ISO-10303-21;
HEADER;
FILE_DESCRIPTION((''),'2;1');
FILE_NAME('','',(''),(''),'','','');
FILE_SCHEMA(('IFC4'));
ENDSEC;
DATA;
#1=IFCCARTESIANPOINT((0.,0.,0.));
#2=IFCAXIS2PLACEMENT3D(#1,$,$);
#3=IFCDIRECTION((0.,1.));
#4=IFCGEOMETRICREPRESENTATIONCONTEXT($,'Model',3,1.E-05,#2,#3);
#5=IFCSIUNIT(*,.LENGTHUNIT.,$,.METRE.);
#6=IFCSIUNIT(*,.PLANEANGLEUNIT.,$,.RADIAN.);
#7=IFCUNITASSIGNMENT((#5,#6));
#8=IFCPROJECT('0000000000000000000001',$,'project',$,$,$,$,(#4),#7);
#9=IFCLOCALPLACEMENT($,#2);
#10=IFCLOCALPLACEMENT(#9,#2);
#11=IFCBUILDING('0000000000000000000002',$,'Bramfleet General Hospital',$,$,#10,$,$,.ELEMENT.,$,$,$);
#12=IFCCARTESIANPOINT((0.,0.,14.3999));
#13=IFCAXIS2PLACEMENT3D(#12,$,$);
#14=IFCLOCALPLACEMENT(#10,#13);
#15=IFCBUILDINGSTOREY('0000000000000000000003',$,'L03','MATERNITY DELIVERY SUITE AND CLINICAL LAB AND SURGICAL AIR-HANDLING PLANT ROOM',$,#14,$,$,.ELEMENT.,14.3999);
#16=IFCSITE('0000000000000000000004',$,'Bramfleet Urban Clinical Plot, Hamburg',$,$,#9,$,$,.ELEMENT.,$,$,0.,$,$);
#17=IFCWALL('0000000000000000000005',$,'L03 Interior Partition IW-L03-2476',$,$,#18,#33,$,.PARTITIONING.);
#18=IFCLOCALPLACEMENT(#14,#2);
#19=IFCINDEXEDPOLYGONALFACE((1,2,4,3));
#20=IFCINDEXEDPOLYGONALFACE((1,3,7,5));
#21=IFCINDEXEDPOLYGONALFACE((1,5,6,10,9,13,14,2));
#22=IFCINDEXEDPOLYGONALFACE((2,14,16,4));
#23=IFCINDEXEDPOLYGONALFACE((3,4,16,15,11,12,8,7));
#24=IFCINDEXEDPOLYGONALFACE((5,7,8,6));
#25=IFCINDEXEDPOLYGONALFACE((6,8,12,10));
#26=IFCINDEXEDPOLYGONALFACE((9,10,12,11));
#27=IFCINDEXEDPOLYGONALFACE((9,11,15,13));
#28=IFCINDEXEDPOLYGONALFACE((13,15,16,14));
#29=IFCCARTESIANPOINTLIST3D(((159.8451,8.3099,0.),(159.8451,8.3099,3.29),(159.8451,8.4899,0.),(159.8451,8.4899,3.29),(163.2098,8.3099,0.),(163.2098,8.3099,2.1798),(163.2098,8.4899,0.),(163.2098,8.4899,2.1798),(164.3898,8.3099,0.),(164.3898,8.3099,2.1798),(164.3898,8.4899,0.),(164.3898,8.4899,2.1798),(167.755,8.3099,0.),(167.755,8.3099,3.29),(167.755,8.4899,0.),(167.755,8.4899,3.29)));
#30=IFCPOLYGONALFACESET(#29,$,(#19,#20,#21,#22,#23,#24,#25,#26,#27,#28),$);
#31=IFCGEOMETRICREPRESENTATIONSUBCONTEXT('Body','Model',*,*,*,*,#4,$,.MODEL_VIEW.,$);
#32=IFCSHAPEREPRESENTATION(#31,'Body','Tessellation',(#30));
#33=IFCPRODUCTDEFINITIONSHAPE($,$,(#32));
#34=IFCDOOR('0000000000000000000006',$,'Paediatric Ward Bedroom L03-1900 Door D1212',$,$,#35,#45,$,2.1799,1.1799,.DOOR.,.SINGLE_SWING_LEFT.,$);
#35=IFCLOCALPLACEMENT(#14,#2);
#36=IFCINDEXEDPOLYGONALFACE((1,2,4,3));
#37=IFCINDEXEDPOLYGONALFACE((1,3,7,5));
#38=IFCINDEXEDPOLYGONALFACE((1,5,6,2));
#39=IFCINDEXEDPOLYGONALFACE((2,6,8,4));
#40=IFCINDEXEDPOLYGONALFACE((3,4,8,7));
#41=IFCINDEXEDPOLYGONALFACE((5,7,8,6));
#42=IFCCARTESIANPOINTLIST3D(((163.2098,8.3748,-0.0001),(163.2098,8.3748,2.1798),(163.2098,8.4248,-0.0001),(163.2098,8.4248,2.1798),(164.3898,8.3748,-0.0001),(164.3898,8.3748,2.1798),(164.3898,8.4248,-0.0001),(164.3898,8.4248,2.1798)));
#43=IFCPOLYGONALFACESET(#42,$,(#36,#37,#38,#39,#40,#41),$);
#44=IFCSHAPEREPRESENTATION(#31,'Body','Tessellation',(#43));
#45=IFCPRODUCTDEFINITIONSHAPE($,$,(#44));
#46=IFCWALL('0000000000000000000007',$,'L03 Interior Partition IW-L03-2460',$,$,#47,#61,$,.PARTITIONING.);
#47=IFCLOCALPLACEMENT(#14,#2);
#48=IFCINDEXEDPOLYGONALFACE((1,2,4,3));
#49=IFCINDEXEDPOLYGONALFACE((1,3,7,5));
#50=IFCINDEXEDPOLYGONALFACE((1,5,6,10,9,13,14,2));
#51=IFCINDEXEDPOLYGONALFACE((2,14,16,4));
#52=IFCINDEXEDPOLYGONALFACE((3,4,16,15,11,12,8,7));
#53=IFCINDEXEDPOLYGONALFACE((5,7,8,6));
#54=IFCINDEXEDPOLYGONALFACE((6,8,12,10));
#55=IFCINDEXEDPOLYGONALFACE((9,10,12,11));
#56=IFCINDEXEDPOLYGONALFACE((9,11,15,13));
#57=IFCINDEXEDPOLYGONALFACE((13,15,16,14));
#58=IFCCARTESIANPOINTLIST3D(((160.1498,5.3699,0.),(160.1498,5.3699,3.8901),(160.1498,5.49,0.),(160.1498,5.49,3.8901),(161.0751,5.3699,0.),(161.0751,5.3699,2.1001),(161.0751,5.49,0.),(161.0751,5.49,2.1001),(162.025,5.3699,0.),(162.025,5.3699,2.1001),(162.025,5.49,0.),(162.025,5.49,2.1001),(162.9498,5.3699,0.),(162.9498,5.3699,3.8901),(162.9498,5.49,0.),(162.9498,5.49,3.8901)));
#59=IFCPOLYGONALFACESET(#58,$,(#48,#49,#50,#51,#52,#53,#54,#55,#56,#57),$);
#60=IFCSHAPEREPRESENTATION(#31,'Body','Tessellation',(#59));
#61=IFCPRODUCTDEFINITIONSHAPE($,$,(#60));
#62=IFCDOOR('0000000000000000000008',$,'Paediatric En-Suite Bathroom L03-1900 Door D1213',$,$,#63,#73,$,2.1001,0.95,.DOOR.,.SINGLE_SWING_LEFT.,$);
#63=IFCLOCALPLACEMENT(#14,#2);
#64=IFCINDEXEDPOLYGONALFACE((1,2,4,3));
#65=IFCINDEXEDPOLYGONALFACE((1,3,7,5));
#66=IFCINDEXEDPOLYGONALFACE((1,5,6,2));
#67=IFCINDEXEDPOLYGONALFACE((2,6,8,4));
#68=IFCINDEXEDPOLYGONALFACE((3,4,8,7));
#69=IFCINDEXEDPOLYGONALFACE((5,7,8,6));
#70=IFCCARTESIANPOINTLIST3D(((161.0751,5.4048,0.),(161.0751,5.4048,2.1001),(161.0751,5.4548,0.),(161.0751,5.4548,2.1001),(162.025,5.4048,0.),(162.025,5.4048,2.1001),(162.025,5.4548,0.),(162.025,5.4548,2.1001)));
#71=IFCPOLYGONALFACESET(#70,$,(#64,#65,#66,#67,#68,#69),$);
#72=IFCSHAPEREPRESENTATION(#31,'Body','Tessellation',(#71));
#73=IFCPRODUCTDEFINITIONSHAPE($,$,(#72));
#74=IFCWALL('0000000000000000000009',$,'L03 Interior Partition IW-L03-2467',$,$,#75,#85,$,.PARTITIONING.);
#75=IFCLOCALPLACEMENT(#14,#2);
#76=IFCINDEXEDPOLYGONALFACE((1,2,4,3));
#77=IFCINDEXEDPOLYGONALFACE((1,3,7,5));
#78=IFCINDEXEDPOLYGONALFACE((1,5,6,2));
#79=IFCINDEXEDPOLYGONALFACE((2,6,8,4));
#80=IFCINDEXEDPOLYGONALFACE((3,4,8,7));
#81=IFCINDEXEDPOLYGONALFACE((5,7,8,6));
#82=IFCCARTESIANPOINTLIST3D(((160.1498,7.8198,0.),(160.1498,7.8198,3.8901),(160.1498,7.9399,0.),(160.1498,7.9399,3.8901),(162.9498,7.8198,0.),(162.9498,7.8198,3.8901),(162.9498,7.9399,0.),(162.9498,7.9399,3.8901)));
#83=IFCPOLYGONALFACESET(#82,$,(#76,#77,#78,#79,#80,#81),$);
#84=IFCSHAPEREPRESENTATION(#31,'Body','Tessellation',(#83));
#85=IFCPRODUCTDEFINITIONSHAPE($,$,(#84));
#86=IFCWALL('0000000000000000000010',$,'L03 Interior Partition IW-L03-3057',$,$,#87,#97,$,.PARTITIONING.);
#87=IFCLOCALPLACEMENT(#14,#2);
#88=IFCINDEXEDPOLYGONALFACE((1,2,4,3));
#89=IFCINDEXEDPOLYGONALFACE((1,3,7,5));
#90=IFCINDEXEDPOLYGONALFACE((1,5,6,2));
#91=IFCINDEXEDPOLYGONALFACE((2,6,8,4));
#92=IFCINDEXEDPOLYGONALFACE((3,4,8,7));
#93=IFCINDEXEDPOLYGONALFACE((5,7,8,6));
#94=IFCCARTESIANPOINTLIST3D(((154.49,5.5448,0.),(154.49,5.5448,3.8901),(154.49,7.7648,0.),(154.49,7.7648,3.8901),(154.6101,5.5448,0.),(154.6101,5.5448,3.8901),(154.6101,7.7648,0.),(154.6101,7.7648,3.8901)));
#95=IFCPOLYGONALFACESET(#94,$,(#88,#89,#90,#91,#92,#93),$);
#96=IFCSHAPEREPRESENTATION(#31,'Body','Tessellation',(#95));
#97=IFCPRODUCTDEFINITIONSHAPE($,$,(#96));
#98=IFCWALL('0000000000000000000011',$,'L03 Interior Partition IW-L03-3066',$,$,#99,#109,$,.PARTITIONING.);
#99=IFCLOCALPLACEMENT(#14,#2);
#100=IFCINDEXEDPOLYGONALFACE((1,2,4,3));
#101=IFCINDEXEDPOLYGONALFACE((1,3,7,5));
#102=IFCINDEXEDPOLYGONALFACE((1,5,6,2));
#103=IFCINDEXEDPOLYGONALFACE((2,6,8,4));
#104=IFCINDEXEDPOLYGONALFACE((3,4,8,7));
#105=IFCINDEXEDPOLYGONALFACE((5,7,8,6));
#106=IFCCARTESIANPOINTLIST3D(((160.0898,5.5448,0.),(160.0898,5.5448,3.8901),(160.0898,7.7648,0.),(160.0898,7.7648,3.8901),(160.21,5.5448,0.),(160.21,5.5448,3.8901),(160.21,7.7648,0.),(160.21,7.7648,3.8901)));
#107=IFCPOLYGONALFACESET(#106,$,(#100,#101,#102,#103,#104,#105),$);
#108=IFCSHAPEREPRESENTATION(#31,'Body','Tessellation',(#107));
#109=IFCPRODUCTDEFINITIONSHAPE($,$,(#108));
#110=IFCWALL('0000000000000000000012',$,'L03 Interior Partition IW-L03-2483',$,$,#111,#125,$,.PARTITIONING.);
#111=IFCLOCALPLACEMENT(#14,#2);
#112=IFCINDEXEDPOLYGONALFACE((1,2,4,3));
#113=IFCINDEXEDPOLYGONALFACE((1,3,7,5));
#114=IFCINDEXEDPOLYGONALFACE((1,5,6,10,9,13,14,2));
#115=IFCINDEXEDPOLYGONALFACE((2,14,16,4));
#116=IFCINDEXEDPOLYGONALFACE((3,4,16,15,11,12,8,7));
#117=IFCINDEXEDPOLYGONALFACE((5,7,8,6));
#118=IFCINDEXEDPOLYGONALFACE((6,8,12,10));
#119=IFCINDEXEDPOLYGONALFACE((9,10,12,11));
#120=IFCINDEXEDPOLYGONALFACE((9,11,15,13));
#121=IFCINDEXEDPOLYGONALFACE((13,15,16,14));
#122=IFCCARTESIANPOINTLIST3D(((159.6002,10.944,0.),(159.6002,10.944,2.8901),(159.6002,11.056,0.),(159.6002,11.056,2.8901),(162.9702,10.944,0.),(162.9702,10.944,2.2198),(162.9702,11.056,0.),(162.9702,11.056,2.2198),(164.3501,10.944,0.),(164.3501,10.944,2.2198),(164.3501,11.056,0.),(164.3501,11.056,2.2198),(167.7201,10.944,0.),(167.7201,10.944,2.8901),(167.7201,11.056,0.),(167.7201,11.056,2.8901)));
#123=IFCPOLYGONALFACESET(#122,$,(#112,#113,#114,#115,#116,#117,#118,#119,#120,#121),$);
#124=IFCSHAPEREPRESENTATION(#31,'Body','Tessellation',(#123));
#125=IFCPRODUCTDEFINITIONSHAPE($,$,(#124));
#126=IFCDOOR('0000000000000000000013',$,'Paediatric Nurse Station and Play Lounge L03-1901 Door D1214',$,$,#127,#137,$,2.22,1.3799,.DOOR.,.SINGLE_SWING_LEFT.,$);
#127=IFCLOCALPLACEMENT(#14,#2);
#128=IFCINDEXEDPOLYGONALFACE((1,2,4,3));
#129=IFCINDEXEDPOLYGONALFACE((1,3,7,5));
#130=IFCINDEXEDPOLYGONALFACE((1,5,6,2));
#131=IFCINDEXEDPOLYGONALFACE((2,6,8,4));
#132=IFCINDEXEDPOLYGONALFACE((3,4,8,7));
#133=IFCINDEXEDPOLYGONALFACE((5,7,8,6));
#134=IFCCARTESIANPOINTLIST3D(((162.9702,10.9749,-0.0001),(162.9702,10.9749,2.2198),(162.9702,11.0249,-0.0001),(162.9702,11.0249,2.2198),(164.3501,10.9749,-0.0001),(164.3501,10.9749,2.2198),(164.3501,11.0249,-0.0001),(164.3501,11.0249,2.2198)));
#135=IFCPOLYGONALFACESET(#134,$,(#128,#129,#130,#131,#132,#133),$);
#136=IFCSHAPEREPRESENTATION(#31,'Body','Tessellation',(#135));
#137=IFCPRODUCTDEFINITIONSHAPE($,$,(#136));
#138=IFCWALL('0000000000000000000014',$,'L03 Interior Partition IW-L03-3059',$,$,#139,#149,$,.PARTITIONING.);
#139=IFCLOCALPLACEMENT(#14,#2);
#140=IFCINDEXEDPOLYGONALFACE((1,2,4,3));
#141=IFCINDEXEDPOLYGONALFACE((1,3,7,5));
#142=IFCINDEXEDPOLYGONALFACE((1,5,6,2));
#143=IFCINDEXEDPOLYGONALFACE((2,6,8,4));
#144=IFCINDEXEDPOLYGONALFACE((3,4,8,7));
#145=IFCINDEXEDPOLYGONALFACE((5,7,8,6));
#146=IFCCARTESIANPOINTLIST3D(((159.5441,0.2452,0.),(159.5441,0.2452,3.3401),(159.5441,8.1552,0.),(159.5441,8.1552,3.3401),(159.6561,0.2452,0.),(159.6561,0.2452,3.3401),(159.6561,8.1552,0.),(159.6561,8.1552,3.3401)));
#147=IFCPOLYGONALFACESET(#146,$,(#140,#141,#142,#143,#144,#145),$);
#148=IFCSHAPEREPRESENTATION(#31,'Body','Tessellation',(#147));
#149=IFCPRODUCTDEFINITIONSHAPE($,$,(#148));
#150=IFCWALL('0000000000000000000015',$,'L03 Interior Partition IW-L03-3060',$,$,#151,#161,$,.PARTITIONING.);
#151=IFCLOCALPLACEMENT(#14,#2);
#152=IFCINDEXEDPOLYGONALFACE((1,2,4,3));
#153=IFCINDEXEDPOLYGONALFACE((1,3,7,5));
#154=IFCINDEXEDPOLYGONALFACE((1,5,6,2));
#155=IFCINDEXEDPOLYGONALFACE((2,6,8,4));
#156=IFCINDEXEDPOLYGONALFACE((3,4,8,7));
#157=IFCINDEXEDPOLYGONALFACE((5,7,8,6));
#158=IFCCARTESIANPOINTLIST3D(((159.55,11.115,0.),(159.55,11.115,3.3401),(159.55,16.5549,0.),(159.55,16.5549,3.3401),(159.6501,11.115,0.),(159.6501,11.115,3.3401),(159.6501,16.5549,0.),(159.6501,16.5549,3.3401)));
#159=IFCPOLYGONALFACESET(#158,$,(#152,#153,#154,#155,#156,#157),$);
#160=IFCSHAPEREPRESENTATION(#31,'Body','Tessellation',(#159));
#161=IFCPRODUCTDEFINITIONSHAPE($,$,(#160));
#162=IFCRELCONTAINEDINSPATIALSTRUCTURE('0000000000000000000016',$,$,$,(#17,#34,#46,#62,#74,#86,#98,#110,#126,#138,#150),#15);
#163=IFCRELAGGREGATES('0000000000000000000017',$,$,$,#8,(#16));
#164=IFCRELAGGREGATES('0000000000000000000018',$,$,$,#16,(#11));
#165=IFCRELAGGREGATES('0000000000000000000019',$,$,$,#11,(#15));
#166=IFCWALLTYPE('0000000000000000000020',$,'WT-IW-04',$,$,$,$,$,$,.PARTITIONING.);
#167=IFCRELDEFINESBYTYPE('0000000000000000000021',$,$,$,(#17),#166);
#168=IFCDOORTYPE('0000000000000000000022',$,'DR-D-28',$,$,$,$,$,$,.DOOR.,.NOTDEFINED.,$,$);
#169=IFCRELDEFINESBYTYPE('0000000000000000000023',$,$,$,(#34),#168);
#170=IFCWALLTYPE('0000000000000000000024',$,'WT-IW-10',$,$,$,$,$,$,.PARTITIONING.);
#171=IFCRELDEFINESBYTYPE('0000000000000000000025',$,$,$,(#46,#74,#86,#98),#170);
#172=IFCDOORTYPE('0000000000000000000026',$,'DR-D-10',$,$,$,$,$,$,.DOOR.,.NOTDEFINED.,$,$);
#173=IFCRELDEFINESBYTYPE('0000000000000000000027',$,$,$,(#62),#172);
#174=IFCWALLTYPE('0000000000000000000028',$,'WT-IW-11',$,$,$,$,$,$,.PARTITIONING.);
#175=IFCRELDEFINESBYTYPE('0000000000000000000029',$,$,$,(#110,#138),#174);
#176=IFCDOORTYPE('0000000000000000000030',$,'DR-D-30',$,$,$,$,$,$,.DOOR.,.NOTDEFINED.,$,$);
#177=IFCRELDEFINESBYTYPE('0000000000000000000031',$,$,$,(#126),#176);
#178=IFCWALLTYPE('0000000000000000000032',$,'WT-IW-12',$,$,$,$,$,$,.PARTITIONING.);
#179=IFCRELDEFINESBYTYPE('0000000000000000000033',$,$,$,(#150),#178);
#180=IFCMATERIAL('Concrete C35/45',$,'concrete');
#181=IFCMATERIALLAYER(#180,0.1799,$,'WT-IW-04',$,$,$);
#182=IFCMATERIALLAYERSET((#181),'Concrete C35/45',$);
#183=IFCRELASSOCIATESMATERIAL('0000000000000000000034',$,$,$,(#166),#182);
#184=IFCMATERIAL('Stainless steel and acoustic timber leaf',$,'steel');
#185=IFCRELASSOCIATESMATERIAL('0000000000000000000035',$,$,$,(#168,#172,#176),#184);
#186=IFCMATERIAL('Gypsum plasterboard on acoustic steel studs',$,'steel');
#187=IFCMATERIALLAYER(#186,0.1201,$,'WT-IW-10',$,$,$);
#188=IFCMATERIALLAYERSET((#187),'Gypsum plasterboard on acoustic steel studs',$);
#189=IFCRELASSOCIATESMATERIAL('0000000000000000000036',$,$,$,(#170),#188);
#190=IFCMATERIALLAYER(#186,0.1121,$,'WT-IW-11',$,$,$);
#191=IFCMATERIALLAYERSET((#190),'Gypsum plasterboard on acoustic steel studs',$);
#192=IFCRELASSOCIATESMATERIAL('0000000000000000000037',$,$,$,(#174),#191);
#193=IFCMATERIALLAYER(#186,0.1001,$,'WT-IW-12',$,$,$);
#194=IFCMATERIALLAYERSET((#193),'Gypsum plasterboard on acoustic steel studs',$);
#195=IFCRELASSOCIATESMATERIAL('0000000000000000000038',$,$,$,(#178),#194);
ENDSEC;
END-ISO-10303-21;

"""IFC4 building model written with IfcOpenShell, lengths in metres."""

from ifc_helpers import new_model, si_unit, direction, frame, frame_2d, origin, place, context, subcontext, project, spatial, rectangle, extrude, material, layer, layer_set, type_object, element, fill, save


model = new_model("IFC4")

# Units and contexts
model_context = context("Model", 3, precision=1e-05, world=origin(), true_north=direction((0.0, 1.0)))
body_context = subcontext(model_context, "Body", "Model", "MODEL_VIEW")
ifc_project = project(units=[si_unit("LENGTHUNIT", "METRE"), si_unit("PLANEANGLEUNIT", "RADIAN")], contexts=[model_context])

# Site, building, storey
site_placement = place(None, origin())
site = spatial("IfcSite", under=ifc_project, at=site_placement, Name="Bramfleet Urban Clinical Plot, Hamburg", CompositionType="ELEMENT", RefElevation=0.0)
building_placement = place(site_placement, origin())
building = spatial("IfcBuilding", under=site, at=building_placement, Name="Bramfleet General Hospital", CompositionType="ELEMENT")
storey_placement = place(building_placement, frame((0.0, 0.0, 14.3999)))
storey = spatial("IfcBuildingStorey", under=building, at=storey_placement, Name="L03", Description="MATERNITY DELIVERY SUITE AND CLINICAL LAB AND SURGICAL AIR-HANDLING PLANT ROOM", CompositionType="ELEMENT", Elevation=14.3999)

# Shared definitions
ifc_material_1 = material(Name="Concrete C35/45", Category="concrete")

# Walls, openings, doors
ifc_layer_1 = layer(ifc_material_1, 0.1799, Name="WT-IW-04")
ifc_layer_set_1 = layer_set([ifc_layer_1], Name="Concrete C35/45")
wall_type_1 = type_object("IfcWallType", Name="WT-IW-04", PredefinedType="PARTITIONING", material=ifc_layer_set_1)
wall_1_placement = place(storey_placement, frame((159.845, 8.3999, 0.0), z_axis=(0.0, 0.0, 1.0), x_axis=(1.0, 0.0, 0.0)))
wall_1 = element("IfcWall", 1, at=wall_1_placement, inside=storey, type_object=wall_type_1, Name="L03 Interior Partition IW-L03-2476", PredefinedType="PARTITIONING", context=body_context, shape_type="SweptSolid", body=[
    extrude(rectangle(XDim=7.9099, YDim=0.1799, at=frame_2d((3.9551, 0.0))), origin(), (0.0, 0.0, 1.0), 3.29),
])
opening_1_placement = place(wall_1_placement, frame((3.365, 0.0, 0.0)))
opening_1 = element("IfcOpeningElement", 2, at=opening_1_placement, cuts=wall_1, PredefinedType="OPENING", context=body_context, shape_type="SweptSolid", body=[
    extrude(rectangle(XDim=1.1799, YDim=2.1799, at=frame_2d((0.5898, 1.0898))), frame((0.0, 0.0999, 0.0), z_axis=(0.0, -1.0, 0.0), x_axis=(1.0, 0.0, 0.0)), (0.0, 0.0, 1.0), 0.2),
])
ifc_material_2 = material(Name="Stainless steel and acoustic timber leaf", Category="steel")
door_type_1 = type_object("IfcDoorType", Name="DR-D-28", OperationType="NOTDEFINED", PredefinedType="DOOR", material=ifc_material_2)
door_1_placement = place(opening_1_placement, origin())
door_1 = element("IfcDoor", 3, at=door_1_placement, inside=storey, type_object=door_type_1, Name="Paediatric Ward Bedroom L03-1900 Door D1212", OperationType="SINGLE_SWING_LEFT", OverallHeight=2.1799, OverallWidth=1.1799, PredefinedType="DOOR", context=body_context, shape_type="SweptSolid", body=[
    extrude(rectangle(XDim=1.1799, YDim=2.1799, at=frame_2d((0.5898, 1.0898))), frame((0.0, 0.0249, 0.0), z_axis=(0.0, -1.0, 0.0), x_axis=(1.0, 0.0, 0.0)), (0.0, 0.0, 1.0), 0.05),
])
fill(opening_1, door_1)
ifc_material_3 = material(Name="Gypsum plasterboard on acoustic steel studs", Category="steel")
ifc_layer_2 = layer(ifc_material_3, 0.1201, Name="WT-IW-10")
ifc_layer_set_2 = layer_set([ifc_layer_2], Name="Gypsum plasterboard on acoustic steel studs")
wall_type_2 = type_object("IfcWallType", Name="WT-IW-10", PredefinedType="PARTITIONING", material=ifc_layer_set_2)
wall_2_placement = place(storey_placement, frame((160.1499, 5.4299, 0.0), z_axis=(0.0, 0.0, 1.0), x_axis=(1.0, 0.0, 0.0)))
wall_2 = element("IfcWall", 4, at=wall_2_placement, inside=storey, type_object=wall_type_2, Name="L03 Interior Partition IW-L03-2460", PredefinedType="PARTITIONING", context=body_context, shape_type="SweptSolid", body=[
    extrude(rectangle(XDim=2.8, YDim=0.1201, at=frame_2d((1.3999, 0.0))), origin(), (0.0, 0.0, 1.0), 3.8901),
])
opening_2_placement = place(wall_2_placement, frame((0.925, 0.0, 0.0)))
opening_2 = element("IfcOpeningElement", 5, at=opening_2_placement, cuts=wall_2, PredefinedType="OPENING", context=body_context, shape_type="SweptSolid", body=[
    extrude(rectangle(XDim=0.95, YDim=2.1001, at=frame_2d((0.4751, 1.05))), frame((0.0, 0.0701, 0.0), z_axis=(0.0, -1.0, 0.0), x_axis=(1.0, 0.0, 0.0)), (0.0, 0.0, 1.0), 0.1401),
])
door_type_2 = type_object("IfcDoorType", Name="DR-D-10", OperationType="NOTDEFINED", PredefinedType="DOOR", material=ifc_material_2)
door_2_placement = place(opening_2_placement, origin())
door_2 = element("IfcDoor", 6, at=door_2_placement, inside=storey, type_object=door_type_2, Name="Paediatric En-Suite Bathroom L03-1900 Door D1213", OperationType="SINGLE_SWING_LEFT", OverallHeight=2.1001, OverallWidth=0.95, PredefinedType="DOOR", context=body_context, shape_type="SweptSolid", body=[
    extrude(rectangle(XDim=0.95, YDim=2.1001, at=frame_2d((0.4751, 1.05))), frame((0.0, 0.0249, 0.0), z_axis=(0.0, -1.0, 0.0), x_axis=(1.0, 0.0, 0.0)), (0.0, 0.0, 1.0), 0.05),
])
fill(opening_2, door_2)

# Walls
wall_3_placement = place(storey_placement, frame((160.1499, 7.8799, 0.0), z_axis=(0.0, 0.0, 1.0), x_axis=(1.0, 0.0, 0.0)))
element("IfcWall", 7, at=wall_3_placement, inside=storey, type_object=wall_type_2, Name="L03 Interior Partition IW-L03-2467", PredefinedType="PARTITIONING", context=body_context, shape_type="SweptSolid", body=[
    extrude(rectangle(XDim=2.8, YDim=0.1201, at=frame_2d((1.3999, 0.0))), origin(), (0.0, 0.0, 1.0), 3.8901),
])
for number, where, z_axis, x_axis, name in (
    (8, (154.55, 5.5449, 0.0), (0.0, 0.0, 1.0), (0.0, 1.0, 0.0), "L03 Interior Partition IW-L03-3057"),
    (9, (160.1499, 5.5449, 0.0), (0.0, 0.0, 1.0), (0.0, 1.0, 0.0), "L03 Interior Partition IW-L03-3066"),
):
    element("IfcWall", number, at=place(storey_placement, frame(where, z_axis=z_axis, x_axis=x_axis)), inside=storey, type_object=wall_type_2, Name=name, PredefinedType="PARTITIONING", context=body_context, shape_type="SweptSolid", body=[
        extrude(rectangle(XDim=2.22, YDim=0.1201, at=frame_2d((1.1099, 0.0))), origin(), (0.0, 0.0, 1.0), 3.8901),
    ])

# Wall, opening, door
ifc_layer_3 = layer(ifc_material_3, 0.1121, Name="WT-IW-11")
ifc_layer_set_3 = layer_set([ifc_layer_3], Name="Gypsum plasterboard on acoustic steel studs")
wall_type_3 = type_object("IfcWallType", Name="WT-IW-11", PredefinedType="PARTITIONING", material=ifc_layer_set_3)
wall_4_placement = place(storey_placement, frame((159.6001, 11.0, 0.0), z_axis=(0.0, 0.0, 1.0), x_axis=(1.0, 0.0, 0.0)))
wall_4 = element("IfcWall", 10, at=wall_4_placement, inside=storey, type_object=wall_type_3, Name="L03 Interior Partition IW-L03-2483", PredefinedType="PARTITIONING", context=body_context, shape_type="SweptSolid", body=[
    extrude(rectangle(XDim=8.1199, YDim=0.1121, at=frame_2d((4.0601, 0.0))), origin(), (0.0, 0.0, 1.0), 2.8901),
])
opening_3_placement = place(wall_4_placement, frame((3.3701, 0.0, 0.0)))
opening_3 = element("IfcOpeningElement", 11, at=opening_3_placement, cuts=wall_4, PredefinedType="OPENING", context=body_context, shape_type="SweptSolid", body=[
    extrude(rectangle(XDim=1.3799, YDim=2.22, at=frame_2d((0.6899, 1.1099))), frame((0.0, 0.0659, 0.0), z_axis=(0.0, -1.0, 0.0), x_axis=(1.0, 0.0, 0.0)), (0.0, 0.0, 1.0), 0.1321),
])
door_type_3 = type_object("IfcDoorType", Name="DR-D-30", OperationType="NOTDEFINED", PredefinedType="DOOR", material=ifc_material_2)
door_3_placement = place(opening_3_placement, origin())
door_3 = element("IfcDoor", 12, at=door_3_placement, inside=storey, type_object=door_type_3, Name="Paediatric Nurse Station and Play Lounge L03-1901 Door D1214", OperationType="SINGLE_SWING_LEFT", OverallHeight=2.22, OverallWidth=1.3799, PredefinedType="DOOR", context=body_context, shape_type="SweptSolid", body=[
    extrude(rectangle(XDim=1.3799, YDim=2.22, at=frame_2d((0.6899, 1.1099))), frame((0.0, 0.0249, 0.0), z_axis=(0.0, -1.0, 0.0), x_axis=(1.0, 0.0, 0.0)), (0.0, 0.0, 1.0), 0.05),
])
fill(opening_3, door_3)

# Walls
wall_5_placement = place(storey_placement, frame((159.6001, 0.2451, 0.0), z_axis=(0.0, 0.0, 1.0), x_axis=(0.0, 1.0, 0.0)))
element("IfcWall", 13, at=wall_5_placement, inside=storey, type_object=wall_type_3, Name="L03 Interior Partition IW-L03-3059", PredefinedType="PARTITIONING", context=body_context, shape_type="SweptSolid", body=[
    extrude(rectangle(XDim=7.9099, YDim=0.1121, at=frame_2d((3.9551, 0.0))), origin(), (0.0, 0.0, 1.0), 3.3401),
])
ifc_layer_4 = layer(ifc_material_3, 0.1001, Name="WT-IW-12")
ifc_layer_set_4 = layer_set([ifc_layer_4], Name="Gypsum plasterboard on acoustic steel studs")
wall_type_4 = type_object("IfcWallType", Name="WT-IW-12", PredefinedType="PARTITIONING", material=ifc_layer_set_4)
wall_6_placement = place(storey_placement, frame((159.6001, 11.115, 0.0), z_axis=(0.0, 0.0, 1.0), x_axis=(0.0, 1.0, 0.0)))
element("IfcWall", 14, at=wall_6_placement, inside=storey, type_object=wall_type_4, Name="L03 Interior Partition IW-L03-3060", PredefinedType="PARTITIONING", context=body_context, shape_type="SweptSolid", body=[
    extrude(rectangle(XDim=5.4399, YDim=0.1001, at=frame_2d((2.72, 0.0))), origin(), (0.0, 0.0, 1.0), 3.3401),
])

save(model, "model.ifc")
